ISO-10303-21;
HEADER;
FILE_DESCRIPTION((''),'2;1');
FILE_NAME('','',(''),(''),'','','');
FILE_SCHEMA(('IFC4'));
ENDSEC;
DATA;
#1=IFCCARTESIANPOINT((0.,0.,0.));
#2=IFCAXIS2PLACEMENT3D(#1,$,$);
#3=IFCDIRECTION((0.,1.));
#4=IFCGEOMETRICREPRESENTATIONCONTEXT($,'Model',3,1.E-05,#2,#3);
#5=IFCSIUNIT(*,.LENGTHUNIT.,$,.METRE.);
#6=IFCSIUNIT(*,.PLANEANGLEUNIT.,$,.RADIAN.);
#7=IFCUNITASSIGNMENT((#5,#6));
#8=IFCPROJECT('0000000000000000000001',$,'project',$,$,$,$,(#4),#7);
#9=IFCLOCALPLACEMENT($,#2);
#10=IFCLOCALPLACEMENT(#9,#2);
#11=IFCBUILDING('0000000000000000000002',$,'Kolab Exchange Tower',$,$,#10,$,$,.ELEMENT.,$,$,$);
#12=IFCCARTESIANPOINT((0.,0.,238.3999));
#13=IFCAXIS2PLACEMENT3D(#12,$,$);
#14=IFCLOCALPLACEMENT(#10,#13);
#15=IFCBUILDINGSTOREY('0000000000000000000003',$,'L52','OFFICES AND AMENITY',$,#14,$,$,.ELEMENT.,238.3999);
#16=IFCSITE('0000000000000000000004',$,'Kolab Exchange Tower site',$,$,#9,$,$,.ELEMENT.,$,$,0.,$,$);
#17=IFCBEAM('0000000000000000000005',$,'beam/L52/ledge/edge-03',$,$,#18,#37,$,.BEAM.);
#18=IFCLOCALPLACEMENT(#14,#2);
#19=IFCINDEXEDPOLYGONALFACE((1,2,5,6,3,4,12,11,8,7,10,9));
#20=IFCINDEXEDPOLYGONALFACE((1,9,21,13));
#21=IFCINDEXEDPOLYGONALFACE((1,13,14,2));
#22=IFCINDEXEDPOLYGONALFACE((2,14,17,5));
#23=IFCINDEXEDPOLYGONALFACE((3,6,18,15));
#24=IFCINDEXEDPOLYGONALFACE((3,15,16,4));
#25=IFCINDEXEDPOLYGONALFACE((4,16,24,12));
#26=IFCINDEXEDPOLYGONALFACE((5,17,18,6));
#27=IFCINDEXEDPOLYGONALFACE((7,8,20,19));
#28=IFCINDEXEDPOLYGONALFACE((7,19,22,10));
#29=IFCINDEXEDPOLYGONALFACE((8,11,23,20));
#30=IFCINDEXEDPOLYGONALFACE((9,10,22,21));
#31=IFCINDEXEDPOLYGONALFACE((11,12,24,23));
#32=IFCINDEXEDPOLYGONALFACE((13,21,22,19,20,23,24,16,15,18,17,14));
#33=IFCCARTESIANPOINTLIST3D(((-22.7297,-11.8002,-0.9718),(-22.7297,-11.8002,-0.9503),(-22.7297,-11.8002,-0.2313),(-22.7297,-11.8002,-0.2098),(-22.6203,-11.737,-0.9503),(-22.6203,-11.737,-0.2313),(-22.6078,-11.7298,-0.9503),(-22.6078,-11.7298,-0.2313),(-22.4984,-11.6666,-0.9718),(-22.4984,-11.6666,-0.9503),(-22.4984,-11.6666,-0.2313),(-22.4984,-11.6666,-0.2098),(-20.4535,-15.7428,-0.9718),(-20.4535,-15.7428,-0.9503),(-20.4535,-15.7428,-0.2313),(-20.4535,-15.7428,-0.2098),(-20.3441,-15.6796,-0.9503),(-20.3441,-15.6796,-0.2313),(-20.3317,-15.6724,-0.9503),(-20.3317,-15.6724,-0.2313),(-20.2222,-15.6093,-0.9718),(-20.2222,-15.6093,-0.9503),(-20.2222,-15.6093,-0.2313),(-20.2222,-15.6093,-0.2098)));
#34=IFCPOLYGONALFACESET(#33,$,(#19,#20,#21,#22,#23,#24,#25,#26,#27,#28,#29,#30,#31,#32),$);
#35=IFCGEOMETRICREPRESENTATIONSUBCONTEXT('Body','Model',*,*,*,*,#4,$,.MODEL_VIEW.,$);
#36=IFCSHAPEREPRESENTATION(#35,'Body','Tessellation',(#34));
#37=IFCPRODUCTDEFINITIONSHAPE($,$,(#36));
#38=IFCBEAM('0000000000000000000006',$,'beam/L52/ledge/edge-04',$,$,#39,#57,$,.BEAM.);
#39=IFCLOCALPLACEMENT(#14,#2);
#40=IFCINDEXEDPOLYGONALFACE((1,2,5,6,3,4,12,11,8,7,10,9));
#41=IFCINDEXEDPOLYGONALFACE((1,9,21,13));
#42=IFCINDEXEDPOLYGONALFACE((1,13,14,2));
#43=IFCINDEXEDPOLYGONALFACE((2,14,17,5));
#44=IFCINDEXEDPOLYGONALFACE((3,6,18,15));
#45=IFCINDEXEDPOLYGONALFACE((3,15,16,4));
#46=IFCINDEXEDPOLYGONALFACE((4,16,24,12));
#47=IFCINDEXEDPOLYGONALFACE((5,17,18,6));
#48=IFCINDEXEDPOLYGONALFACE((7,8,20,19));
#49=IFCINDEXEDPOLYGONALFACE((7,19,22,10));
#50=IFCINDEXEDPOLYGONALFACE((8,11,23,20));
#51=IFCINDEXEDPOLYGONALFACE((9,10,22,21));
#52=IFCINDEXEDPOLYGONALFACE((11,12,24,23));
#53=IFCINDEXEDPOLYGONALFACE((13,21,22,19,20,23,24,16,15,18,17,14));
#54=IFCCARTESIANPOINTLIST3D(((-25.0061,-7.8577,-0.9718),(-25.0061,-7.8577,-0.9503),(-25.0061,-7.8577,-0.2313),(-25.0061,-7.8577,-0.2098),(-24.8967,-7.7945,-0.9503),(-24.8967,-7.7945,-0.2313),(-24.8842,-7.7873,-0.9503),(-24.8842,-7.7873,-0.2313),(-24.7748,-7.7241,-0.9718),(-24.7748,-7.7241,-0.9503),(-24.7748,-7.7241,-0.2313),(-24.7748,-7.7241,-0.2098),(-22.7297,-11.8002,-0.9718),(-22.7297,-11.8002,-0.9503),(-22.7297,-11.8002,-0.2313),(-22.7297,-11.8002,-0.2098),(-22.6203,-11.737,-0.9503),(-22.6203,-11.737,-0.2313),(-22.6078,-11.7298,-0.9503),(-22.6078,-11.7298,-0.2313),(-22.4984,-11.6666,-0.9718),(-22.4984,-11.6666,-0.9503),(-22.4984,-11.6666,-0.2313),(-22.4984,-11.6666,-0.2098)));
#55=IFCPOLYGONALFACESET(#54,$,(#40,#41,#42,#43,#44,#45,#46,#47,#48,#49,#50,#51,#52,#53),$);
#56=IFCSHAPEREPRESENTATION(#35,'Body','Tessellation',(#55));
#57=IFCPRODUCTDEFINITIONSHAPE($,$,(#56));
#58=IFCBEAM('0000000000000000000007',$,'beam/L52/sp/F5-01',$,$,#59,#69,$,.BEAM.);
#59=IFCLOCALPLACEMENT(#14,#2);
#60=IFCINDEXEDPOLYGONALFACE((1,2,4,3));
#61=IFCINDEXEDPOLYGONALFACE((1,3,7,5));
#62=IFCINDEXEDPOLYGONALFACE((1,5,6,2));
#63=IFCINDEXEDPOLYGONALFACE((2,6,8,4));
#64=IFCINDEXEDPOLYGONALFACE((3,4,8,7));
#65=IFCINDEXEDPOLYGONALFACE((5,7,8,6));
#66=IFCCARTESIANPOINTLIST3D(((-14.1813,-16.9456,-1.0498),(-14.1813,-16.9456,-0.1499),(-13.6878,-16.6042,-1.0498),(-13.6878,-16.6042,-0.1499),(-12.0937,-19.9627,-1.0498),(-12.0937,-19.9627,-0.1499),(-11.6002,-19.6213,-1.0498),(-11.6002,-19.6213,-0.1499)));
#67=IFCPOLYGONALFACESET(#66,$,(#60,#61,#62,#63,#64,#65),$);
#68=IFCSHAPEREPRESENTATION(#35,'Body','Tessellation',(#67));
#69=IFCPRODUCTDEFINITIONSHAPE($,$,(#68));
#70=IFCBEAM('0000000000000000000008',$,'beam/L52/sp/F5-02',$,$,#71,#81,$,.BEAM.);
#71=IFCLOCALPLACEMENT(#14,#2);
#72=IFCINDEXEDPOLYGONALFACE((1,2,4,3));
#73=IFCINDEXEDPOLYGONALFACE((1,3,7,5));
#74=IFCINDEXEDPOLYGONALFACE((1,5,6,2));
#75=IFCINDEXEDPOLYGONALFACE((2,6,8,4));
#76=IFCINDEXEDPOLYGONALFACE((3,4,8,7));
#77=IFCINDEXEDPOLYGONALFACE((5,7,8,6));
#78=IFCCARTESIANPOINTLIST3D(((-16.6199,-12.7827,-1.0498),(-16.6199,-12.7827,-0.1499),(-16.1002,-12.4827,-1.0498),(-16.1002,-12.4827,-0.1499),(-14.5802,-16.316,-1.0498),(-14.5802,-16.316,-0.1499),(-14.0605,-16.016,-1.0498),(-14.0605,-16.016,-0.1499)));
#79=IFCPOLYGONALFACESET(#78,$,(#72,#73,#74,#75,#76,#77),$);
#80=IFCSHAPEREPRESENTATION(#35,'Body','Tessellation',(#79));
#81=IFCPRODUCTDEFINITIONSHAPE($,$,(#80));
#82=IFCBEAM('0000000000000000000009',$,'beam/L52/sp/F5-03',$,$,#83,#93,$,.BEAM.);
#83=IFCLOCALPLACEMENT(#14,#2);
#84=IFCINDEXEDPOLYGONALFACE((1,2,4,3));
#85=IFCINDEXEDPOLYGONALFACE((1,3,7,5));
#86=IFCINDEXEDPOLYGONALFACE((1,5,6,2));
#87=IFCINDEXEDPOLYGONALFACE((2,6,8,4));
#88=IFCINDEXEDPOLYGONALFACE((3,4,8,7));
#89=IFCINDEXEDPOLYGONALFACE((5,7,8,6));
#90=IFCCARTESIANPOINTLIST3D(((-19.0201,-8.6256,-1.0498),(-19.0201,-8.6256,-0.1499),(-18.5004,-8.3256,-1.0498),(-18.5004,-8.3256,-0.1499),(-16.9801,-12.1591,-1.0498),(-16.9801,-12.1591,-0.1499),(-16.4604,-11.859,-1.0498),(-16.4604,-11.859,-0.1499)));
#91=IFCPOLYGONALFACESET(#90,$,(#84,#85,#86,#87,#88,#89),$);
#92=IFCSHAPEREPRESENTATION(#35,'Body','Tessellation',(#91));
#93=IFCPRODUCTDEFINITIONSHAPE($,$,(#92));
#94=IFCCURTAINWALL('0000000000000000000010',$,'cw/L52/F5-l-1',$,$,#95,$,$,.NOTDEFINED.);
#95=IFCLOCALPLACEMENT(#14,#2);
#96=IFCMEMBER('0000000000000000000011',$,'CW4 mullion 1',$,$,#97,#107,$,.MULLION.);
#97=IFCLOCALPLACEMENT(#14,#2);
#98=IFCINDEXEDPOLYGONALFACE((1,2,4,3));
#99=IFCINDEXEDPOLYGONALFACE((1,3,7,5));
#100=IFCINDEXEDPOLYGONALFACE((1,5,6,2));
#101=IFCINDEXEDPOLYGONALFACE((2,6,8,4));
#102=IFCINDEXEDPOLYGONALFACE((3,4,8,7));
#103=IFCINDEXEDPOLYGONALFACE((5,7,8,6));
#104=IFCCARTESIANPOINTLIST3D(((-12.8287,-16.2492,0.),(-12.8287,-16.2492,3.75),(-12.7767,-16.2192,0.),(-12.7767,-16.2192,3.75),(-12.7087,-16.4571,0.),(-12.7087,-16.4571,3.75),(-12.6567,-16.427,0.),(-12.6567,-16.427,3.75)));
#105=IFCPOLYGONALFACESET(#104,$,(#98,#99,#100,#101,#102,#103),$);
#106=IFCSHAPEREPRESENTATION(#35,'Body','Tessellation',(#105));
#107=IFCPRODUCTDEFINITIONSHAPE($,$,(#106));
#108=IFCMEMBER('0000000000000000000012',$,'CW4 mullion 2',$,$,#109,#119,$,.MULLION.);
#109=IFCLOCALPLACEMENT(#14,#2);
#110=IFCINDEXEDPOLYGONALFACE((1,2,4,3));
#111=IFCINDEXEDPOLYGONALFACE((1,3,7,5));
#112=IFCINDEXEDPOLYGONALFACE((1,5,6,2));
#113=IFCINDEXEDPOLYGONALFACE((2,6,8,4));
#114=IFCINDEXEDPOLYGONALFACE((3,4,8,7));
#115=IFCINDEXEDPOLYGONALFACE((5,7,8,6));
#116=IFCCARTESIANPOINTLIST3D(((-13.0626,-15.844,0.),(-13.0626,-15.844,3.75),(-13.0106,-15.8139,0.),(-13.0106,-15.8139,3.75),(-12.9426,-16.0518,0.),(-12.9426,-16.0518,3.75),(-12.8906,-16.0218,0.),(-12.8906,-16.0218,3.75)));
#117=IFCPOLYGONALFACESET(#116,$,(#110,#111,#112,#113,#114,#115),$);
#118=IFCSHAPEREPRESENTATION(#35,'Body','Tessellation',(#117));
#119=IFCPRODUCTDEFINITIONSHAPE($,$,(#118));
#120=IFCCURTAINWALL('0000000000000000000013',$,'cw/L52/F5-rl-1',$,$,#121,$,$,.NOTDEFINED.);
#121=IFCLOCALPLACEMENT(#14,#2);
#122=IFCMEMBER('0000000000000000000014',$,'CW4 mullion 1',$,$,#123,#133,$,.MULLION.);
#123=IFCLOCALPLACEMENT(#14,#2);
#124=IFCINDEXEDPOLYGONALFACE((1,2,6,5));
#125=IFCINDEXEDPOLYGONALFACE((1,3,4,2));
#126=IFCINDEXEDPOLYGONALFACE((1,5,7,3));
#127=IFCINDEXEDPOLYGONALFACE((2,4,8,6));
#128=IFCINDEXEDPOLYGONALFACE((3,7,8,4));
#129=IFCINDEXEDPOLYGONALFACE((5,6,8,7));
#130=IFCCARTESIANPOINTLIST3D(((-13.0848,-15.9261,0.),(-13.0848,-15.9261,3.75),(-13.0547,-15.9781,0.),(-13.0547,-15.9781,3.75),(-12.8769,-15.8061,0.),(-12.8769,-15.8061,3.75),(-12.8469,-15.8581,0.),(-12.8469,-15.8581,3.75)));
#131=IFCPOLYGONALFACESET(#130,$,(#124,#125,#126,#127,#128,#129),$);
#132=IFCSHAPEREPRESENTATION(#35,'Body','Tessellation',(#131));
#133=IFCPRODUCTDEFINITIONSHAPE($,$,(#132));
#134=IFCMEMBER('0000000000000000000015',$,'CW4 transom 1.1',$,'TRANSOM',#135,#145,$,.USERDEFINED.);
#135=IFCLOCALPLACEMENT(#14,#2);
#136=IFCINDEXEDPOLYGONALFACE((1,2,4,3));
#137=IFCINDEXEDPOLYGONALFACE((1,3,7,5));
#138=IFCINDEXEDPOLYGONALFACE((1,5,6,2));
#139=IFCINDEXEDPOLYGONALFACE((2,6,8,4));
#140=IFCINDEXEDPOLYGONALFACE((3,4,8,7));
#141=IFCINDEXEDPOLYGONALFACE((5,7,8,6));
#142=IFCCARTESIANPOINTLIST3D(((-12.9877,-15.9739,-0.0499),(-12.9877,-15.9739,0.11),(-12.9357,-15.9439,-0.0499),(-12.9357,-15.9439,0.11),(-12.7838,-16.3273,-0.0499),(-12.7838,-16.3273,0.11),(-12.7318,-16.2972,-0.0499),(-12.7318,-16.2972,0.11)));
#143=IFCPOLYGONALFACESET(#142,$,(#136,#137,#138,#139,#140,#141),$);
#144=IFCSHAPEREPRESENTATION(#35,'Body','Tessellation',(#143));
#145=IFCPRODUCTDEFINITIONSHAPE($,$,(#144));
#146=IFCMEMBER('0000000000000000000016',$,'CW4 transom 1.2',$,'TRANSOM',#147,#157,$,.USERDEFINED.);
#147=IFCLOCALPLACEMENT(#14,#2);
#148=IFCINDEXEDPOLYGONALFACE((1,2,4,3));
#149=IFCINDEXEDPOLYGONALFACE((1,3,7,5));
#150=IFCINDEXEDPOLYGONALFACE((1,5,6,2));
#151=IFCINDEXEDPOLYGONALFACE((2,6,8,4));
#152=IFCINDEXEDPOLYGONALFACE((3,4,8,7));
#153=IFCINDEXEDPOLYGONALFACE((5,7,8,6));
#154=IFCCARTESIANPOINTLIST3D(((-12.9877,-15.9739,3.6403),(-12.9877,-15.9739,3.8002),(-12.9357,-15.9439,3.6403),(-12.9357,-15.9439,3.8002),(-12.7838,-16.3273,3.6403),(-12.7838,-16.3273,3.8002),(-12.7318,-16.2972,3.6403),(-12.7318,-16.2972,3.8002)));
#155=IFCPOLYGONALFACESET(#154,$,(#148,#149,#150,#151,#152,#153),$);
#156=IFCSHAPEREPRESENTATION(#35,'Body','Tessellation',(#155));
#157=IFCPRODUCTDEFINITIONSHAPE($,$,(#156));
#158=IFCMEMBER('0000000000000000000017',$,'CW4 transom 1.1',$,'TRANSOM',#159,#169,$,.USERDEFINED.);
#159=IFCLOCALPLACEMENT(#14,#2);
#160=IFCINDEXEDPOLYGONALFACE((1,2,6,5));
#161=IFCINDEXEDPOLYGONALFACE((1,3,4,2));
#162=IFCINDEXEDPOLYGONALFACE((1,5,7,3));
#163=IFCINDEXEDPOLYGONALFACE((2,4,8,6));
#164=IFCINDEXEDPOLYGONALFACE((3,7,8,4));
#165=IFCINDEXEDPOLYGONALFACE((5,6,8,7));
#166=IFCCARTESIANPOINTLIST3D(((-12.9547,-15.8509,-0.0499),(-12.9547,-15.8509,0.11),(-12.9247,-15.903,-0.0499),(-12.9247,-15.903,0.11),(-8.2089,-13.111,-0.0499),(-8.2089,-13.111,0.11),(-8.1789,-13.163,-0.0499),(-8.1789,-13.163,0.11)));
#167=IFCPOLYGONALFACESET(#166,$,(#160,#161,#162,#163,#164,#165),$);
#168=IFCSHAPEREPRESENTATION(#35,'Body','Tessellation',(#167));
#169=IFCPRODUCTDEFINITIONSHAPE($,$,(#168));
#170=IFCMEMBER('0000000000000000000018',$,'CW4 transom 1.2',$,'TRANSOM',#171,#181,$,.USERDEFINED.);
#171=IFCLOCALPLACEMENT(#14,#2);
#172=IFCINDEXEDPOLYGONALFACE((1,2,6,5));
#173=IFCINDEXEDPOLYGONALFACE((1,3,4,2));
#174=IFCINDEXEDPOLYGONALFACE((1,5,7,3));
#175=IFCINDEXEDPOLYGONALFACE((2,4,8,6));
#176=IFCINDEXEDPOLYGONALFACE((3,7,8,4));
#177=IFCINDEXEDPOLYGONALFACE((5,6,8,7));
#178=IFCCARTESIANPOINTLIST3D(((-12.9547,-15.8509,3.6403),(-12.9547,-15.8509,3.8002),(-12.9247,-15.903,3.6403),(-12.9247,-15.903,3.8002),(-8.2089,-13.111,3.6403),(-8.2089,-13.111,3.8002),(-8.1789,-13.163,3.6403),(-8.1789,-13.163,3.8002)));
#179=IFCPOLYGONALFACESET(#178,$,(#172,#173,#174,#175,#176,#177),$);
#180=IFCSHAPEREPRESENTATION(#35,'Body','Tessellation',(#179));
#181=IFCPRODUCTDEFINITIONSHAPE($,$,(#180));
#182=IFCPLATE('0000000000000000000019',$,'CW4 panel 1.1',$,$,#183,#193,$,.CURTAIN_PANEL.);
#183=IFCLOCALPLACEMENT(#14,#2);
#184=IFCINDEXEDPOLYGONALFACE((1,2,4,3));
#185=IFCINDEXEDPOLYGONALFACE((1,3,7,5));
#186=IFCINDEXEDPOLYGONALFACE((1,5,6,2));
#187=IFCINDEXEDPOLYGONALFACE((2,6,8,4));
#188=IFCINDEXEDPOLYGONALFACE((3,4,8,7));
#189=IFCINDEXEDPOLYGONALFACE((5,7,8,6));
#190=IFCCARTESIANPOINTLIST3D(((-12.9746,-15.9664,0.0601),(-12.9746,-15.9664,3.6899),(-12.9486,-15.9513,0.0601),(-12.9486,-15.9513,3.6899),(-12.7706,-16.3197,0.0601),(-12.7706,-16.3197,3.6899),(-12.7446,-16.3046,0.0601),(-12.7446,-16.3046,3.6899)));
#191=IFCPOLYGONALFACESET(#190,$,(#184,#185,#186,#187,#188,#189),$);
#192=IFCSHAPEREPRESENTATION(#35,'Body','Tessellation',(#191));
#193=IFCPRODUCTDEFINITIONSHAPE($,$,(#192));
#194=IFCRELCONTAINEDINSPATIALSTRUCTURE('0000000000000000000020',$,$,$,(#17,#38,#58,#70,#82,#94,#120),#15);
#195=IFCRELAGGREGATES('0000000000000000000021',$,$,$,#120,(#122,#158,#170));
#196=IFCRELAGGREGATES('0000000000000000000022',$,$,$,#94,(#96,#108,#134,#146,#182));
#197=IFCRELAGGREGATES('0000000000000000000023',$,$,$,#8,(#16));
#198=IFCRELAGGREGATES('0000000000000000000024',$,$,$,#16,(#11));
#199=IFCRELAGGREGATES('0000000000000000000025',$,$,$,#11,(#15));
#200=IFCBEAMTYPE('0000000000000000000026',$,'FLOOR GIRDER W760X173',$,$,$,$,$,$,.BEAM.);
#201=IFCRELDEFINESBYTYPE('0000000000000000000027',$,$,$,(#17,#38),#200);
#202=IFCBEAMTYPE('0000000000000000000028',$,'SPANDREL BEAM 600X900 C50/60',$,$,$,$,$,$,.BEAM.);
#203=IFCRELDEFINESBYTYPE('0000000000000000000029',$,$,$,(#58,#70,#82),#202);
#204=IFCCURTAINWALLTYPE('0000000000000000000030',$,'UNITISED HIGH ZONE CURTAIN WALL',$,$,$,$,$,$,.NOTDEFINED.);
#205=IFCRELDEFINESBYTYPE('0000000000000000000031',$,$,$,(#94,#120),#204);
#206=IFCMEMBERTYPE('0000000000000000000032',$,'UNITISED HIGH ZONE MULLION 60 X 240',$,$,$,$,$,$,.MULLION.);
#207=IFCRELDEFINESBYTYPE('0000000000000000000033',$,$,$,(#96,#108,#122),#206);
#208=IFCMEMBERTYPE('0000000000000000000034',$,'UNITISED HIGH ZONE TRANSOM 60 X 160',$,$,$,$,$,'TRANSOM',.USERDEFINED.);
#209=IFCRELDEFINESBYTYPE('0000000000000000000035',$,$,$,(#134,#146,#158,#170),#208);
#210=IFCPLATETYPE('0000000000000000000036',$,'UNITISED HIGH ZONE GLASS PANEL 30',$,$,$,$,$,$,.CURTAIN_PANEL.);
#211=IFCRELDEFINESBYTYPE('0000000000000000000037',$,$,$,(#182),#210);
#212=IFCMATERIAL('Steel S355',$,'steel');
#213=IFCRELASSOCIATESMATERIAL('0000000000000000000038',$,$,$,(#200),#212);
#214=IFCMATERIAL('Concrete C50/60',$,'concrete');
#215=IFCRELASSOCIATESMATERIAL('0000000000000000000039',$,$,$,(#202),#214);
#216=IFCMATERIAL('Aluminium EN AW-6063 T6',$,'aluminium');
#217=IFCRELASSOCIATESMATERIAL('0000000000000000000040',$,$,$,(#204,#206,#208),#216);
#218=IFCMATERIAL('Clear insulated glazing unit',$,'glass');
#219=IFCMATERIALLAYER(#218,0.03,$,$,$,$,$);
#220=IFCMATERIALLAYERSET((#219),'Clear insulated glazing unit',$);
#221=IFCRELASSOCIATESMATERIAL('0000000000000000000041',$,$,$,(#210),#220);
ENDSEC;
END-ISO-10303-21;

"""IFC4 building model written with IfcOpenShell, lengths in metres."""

from ifc_helpers import new_model, si_unit, direction, frame, origin, origin_2d, place, context, subcontext, project, spatial, rectangle, i_section, extrude, material, layer, layer_set, material_profile, profile_set, type_object, element, aggregate, save


model = new_model("IFC4")

# Units and contexts
model_context = context("Model", 3, precision=1e-05, world=origin(), true_north=direction((0.0, 1.0)))
body_context = subcontext(model_context, "Body", "Model", "MODEL_VIEW")
ifc_project = project(units=[si_unit("LENGTHUNIT", "METRE"), si_unit("PLANEANGLEUNIT", "RADIAN")], contexts=[model_context])

# Site, building, storey
site_placement = place(None, origin())
site = spatial("IfcSite", under=ifc_project, at=site_placement, Name="Kolab Exchange Tower site", CompositionType="ELEMENT", RefElevation=0.0)
building_placement = place(site_placement, origin())
building = spatial("IfcBuilding", under=site, at=building_placement, Name="Kolab Exchange Tower", CompositionType="ELEMENT")
storey_placement = place(building_placement, frame((0.0, 0.0, 238.3999)))
storey = spatial("IfcBuildingStorey", under=building, at=storey_placement, Name="L52", Description="OFFICES AND AMENITY", CompositionType="ELEMENT", Elevation=238.3999)

# Shared definitions
ifc_material_1 = material(Name="Concrete C50/60", Category="concrete")

# Beams
ifc_material_2 = material(Name="Steel S355", Category="steel")
ifc_material_profile_1 = material_profile(ifc_material_2, i_section(OverallWidth=0.2671, OverallDepth=0.762, WebThickness=0.0144, FlangeThickness=0.0215, at=origin_2d()), Name="W760X173")
ifc_profile_set_1 = profile_set([ifc_material_profile_1], Name="Steel S355")
beam_type_1 = type_object("IfcBeamType", Name="FLOOR GIRDER W760X173", PredefinedType="BEAM", material=ifc_profile_set_1)
for number, where, z_axis, x_axis, name in (
    (1, (-20.3379, -15.676, -0.5908), (-0.499975, 0.86604, 0.0), (-0.86604, -0.499975, 0.0), "beam/L52/ledge/edge-03"),
    (2, (-22.614, -11.7334, -0.5908), (-0.500038, 0.866003, 0.0), (-0.866003, -0.500038, 0.0), "beam/L52/ledge/edge-04"),
):
    element("IfcBeam", number, at=place(storey_placement, frame(where, z_axis=z_axis, x_axis=x_axis)), inside=storey, type_object=beam_type_1, Name=name, PredefinedType="BEAM", context=body_context, shape_type="SweptSolid", body=[
        extrude(i_section(OverallWidth=0.2671, OverallDepth=0.762, WebThickness=0.0144, FlangeThickness=0.0215, at=origin_2d()), origin(), (0.0, 0.0, 1.0), 4.5525),
    ])
ifc_material_profile_2 = material_profile(ifc_material_1, rectangle(XDim=0.6001, YDim=0.8999, at=origin_2d()), Name="RC600X900")
ifc_profile_set_2 = profile_set([ifc_material_profile_2], Name="Concrete C50/60")
beam_type_2 = type_object("IfcBeamType", Name="SPANDREL BEAM 600X900 C50/60", PredefinedType="BEAM", material=ifc_profile_set_2)
beam_1_placement = place(storey_placement, frame((-11.8469, -19.792, -0.5999), z_axis=(-0.569006, 0.822334, 0.0), x_axis=(-0.822334, -0.569006, 0.0)))
element("IfcBeam", 3, at=beam_1_placement, inside=storey, type_object=beam_type_2, Name="beam/L52/sp/F5-01", PredefinedType="BEAM", context=body_context, shape_type="SweptSolid", body=[
    extrude(rectangle(XDim=0.6001, YDim=0.8999, at=origin_2d()), origin(), (0.0, 0.0, 1.0), 3.6689),
])
beam_2_placement = place(storey_placement, frame((-14.3203, -16.166, -0.5999), z_axis=(-0.499956, 0.866051, 0.0), x_axis=(-0.866051, -0.499956, 0.0)))
element("IfcBeam", 4, at=beam_2_placement, inside=storey, type_object=beam_type_2, Name="beam/L52/sp/F5-02", PredefinedType="BEAM", context=body_context, shape_type="SweptSolid", body=[
    extrude(rectangle(XDim=0.6001, YDim=0.8999, at=origin_2d()), origin(), (0.0, 0.0, 1.0), 4.0798),
])
beam_3_placement = place(storey_placement, frame((-16.7202, -12.009, -0.5999), z_axis=(-0.5, 0.866025, 0.0), x_axis=(-0.866025, -0.5, 0.0)))
element("IfcBeam", 5, at=beam_3_placement, inside=storey, type_object=beam_type_2, Name="beam/L52/sp/F5-03", PredefinedType="BEAM", context=body_context, shape_type="SweptSolid", body=[
    extrude(rectangle(XDim=0.6001, YDim=0.8999, at=origin_2d()), origin(), (0.0, 0.0, 1.0), 4.0801),
])

# Curtain wall, members
ifc_material_3 = material(Name="Aluminium EN AW-6063 T6", Category="aluminium")
curtain_wall_type = type_object("IfcCurtainWallType", Name="UNITISED HIGH ZONE CURTAIN WALL", PredefinedType="NOTDEFINED", material=ifc_material_3)
curtain_wall_1_placement = place(storey_placement, origin())
curtain_wall_1 = element("IfcCurtainWall", 6, at=curtain_wall_1_placement, inside=storey, type_object=curtain_wall_type, Name="cw/L52/F5-l-1", PredefinedType="NOTDEFINED")
ifc_material_profile_3 = material_profile(ifc_material_3, rectangle(XDim=0.0601, YDim=0.24, at=origin_2d()), Name="RECT 60X240")
ifc_profile_set_3 = profile_set([ifc_material_profile_3], Name="Aluminium EN AW-6063 T6")
member_type_1 = type_object("IfcMemberType", Name="UNITISED HIGH ZONE MULLION 60 X 240", PredefinedType="MULLION", material=ifc_profile_set_3)
member_1_placement = place(storey_placement, frame((-12.7427, -16.3381, 0.0), z_axis=(0.0, 0.0, 1.0), x_axis=(-0.866025, -0.5, 0.0)))
member_1 = element("IfcMember", 7, at=member_1_placement, type_object=member_type_1, Name="CW4 mullion 1", PredefinedType="MULLION", context=body_context, shape_type="SweptSolid", body=[
    extrude(rectangle(XDim=0.0601, YDim=0.24, at=origin_2d()), origin(), (0.0, 0.0, 1.0), 3.75),
])
member_2_placement = place(storey_placement, frame((-12.9766, -15.9329, 0.0), z_axis=(0.0, 0.0, 1.0), x_axis=(-0.866025, -0.5, 0.0)))
member_2 = element("IfcMember", 8, at=member_2_placement, type_object=member_type_1, Name="CW4 mullion 2", PredefinedType="MULLION", context=body_context, shape_type="SweptSolid", body=[
    extrude(rectangle(XDim=0.0601, YDim=0.24, at=origin_2d()), origin(), (0.0, 0.0, 1.0), 3.75),
])

# Curtain wall, member
curtain_wall_2_placement = place(storey_placement, origin())
curtain_wall_2 = element("IfcCurtainWall", 9, at=curtain_wall_2_placement, inside=storey, type_object=curtain_wall_type, Name="cw/L52/F5-rl-1", PredefinedType="NOTDEFINED")
member_3_placement = place(storey_placement, frame((-12.9658, -15.8921, 0.0), z_axis=(0.0, 0.0, 1.0), x_axis=(-0.5, 0.866025, 0.0)))
member_3 = element("IfcMember", 10, at=member_3_placement, type_object=member_type_1, Name="CW4 mullion 1", PredefinedType="MULLION", context=body_context, shape_type="SweptSolid", body=[
    extrude(rectangle(XDim=0.0601, YDim=0.24, at=origin_2d()), origin(), (0.0, 0.0, 1.0), 3.75),
])

# Members
ifc_material_profile_4 = material_profile(ifc_material_3, rectangle(XDim=0.0601, YDim=0.1599, at=origin_2d()), Name="RECT 60X160")
ifc_profile_set_4 = profile_set([ifc_material_profile_4], Name="Aluminium EN AW-6063 T6")
member_type_2 = type_object("IfcMemberType", Name="UNITISED HIGH ZONE TRANSOM 60 X 160", ElementType="TRANSOM", PredefinedType="USERDEFINED", material=ifc_profile_set_4)
member_4_placement = place(storey_placement, frame((-12.7578, -16.3123, 0.03), z_axis=(-0.499809, 0.866136, 0.0), x_axis=(-0.866136, -0.499809, 0.0)))
member_4 = element("IfcMember", 11, at=member_4_placement, type_object=member_type_2, Name="CW4 transom 1.1", ObjectType="TRANSOM", PredefinedType="USERDEFINED", context=body_context, shape_type="SweptSolid", body=[
    extrude(rectangle(XDim=0.0601, YDim=0.1599, at=origin_2d()), origin(), (0.0, 0.0, 1.0), 0.408),
])
member_5_placement = place(storey_placement, frame((-12.7578, -16.3123, 3.7202), z_axis=(-0.499809, 0.866136, 0.0), x_axis=(-0.866136, -0.499809, 0.0)))
member_5 = element("IfcMember", 12, at=member_5_placement, type_object=member_type_2, Name="CW4 transom 1.2", ObjectType="TRANSOM", PredefinedType="USERDEFINED", context=body_context, shape_type="SweptSolid", body=[
    extrude(rectangle(XDim=0.0601, YDim=0.1599, at=origin_2d()), origin(), (0.0, 0.0, 1.0), 0.408),
])
member_6_placement = place(storey_placement, frame((-12.9397, -15.877, 0.03), z_axis=(0.866028, 0.499996, 0.0), x_axis=(-0.499996, 0.866028, 0.0)))
member_6 = element("IfcMember", 13, at=member_6_placement, type_object=member_type_2, Name="CW4 transom 1.1", ObjectType="TRANSOM", PredefinedType="USERDEFINED", context=body_context, shape_type="SweptSolid", body=[
    extrude(rectangle(XDim=0.0601, YDim=0.1599, at=origin_2d()), origin(), (0.0, 0.0, 1.0), 5.48),
])
member_7_placement = place(storey_placement, frame((-12.9397, -15.877, 3.7202), z_axis=(0.866028, 0.499996, 0.0), x_axis=(-0.499996, 0.866028, 0.0)))
member_7 = element("IfcMember", 14, at=member_7_placement, type_object=member_type_2, Name="CW4 transom 1.2", ObjectType="TRANSOM", PredefinedType="USERDEFINED", context=body_context, shape_type="SweptSolid", body=[
    extrude(rectangle(XDim=0.0601, YDim=0.1599, at=origin_2d()), origin(), (0.0, 0.0, 1.0), 5.48),
])
aggregate(curtain_wall_2, [member_3, member_6, member_7])

# Plate
ifc_material_4 = material(Name="Clear insulated glazing unit", Category="glass")
ifc_layer_1 = layer(ifc_material_4, 0.03)
ifc_layer_set_1 = layer_set([ifc_layer_1], Name="Clear insulated glazing unit")
plate_type = type_object("IfcPlateType", Name="UNITISED HIGH ZONE GLASS PANEL 30", PredefinedType="CURTAIN_PANEL", material=ifc_layer_set_1)
plate_placement = place(storey_placement, frame((-12.8596, -16.1355, 0.0601), z_axis=(0.0, 0.0, 1.0), x_axis=(-0.5, 0.866025, 0.0)))
plate = element("IfcPlate", 15, at=plate_placement, type_object=plate_type, Name="CW4 panel 1.1", PredefinedType="CURTAIN_PANEL", context=body_context, shape_type="SweptSolid", body=[
    extrude(rectangle(XDim=0.408, YDim=0.03, at=origin_2d()), origin(), (0.0, 0.0, 1.0), 3.6299),
])
aggregate(curtain_wall_1, [member_1, member_2, member_4, member_5, plate])

save(model, "model.ifc")
